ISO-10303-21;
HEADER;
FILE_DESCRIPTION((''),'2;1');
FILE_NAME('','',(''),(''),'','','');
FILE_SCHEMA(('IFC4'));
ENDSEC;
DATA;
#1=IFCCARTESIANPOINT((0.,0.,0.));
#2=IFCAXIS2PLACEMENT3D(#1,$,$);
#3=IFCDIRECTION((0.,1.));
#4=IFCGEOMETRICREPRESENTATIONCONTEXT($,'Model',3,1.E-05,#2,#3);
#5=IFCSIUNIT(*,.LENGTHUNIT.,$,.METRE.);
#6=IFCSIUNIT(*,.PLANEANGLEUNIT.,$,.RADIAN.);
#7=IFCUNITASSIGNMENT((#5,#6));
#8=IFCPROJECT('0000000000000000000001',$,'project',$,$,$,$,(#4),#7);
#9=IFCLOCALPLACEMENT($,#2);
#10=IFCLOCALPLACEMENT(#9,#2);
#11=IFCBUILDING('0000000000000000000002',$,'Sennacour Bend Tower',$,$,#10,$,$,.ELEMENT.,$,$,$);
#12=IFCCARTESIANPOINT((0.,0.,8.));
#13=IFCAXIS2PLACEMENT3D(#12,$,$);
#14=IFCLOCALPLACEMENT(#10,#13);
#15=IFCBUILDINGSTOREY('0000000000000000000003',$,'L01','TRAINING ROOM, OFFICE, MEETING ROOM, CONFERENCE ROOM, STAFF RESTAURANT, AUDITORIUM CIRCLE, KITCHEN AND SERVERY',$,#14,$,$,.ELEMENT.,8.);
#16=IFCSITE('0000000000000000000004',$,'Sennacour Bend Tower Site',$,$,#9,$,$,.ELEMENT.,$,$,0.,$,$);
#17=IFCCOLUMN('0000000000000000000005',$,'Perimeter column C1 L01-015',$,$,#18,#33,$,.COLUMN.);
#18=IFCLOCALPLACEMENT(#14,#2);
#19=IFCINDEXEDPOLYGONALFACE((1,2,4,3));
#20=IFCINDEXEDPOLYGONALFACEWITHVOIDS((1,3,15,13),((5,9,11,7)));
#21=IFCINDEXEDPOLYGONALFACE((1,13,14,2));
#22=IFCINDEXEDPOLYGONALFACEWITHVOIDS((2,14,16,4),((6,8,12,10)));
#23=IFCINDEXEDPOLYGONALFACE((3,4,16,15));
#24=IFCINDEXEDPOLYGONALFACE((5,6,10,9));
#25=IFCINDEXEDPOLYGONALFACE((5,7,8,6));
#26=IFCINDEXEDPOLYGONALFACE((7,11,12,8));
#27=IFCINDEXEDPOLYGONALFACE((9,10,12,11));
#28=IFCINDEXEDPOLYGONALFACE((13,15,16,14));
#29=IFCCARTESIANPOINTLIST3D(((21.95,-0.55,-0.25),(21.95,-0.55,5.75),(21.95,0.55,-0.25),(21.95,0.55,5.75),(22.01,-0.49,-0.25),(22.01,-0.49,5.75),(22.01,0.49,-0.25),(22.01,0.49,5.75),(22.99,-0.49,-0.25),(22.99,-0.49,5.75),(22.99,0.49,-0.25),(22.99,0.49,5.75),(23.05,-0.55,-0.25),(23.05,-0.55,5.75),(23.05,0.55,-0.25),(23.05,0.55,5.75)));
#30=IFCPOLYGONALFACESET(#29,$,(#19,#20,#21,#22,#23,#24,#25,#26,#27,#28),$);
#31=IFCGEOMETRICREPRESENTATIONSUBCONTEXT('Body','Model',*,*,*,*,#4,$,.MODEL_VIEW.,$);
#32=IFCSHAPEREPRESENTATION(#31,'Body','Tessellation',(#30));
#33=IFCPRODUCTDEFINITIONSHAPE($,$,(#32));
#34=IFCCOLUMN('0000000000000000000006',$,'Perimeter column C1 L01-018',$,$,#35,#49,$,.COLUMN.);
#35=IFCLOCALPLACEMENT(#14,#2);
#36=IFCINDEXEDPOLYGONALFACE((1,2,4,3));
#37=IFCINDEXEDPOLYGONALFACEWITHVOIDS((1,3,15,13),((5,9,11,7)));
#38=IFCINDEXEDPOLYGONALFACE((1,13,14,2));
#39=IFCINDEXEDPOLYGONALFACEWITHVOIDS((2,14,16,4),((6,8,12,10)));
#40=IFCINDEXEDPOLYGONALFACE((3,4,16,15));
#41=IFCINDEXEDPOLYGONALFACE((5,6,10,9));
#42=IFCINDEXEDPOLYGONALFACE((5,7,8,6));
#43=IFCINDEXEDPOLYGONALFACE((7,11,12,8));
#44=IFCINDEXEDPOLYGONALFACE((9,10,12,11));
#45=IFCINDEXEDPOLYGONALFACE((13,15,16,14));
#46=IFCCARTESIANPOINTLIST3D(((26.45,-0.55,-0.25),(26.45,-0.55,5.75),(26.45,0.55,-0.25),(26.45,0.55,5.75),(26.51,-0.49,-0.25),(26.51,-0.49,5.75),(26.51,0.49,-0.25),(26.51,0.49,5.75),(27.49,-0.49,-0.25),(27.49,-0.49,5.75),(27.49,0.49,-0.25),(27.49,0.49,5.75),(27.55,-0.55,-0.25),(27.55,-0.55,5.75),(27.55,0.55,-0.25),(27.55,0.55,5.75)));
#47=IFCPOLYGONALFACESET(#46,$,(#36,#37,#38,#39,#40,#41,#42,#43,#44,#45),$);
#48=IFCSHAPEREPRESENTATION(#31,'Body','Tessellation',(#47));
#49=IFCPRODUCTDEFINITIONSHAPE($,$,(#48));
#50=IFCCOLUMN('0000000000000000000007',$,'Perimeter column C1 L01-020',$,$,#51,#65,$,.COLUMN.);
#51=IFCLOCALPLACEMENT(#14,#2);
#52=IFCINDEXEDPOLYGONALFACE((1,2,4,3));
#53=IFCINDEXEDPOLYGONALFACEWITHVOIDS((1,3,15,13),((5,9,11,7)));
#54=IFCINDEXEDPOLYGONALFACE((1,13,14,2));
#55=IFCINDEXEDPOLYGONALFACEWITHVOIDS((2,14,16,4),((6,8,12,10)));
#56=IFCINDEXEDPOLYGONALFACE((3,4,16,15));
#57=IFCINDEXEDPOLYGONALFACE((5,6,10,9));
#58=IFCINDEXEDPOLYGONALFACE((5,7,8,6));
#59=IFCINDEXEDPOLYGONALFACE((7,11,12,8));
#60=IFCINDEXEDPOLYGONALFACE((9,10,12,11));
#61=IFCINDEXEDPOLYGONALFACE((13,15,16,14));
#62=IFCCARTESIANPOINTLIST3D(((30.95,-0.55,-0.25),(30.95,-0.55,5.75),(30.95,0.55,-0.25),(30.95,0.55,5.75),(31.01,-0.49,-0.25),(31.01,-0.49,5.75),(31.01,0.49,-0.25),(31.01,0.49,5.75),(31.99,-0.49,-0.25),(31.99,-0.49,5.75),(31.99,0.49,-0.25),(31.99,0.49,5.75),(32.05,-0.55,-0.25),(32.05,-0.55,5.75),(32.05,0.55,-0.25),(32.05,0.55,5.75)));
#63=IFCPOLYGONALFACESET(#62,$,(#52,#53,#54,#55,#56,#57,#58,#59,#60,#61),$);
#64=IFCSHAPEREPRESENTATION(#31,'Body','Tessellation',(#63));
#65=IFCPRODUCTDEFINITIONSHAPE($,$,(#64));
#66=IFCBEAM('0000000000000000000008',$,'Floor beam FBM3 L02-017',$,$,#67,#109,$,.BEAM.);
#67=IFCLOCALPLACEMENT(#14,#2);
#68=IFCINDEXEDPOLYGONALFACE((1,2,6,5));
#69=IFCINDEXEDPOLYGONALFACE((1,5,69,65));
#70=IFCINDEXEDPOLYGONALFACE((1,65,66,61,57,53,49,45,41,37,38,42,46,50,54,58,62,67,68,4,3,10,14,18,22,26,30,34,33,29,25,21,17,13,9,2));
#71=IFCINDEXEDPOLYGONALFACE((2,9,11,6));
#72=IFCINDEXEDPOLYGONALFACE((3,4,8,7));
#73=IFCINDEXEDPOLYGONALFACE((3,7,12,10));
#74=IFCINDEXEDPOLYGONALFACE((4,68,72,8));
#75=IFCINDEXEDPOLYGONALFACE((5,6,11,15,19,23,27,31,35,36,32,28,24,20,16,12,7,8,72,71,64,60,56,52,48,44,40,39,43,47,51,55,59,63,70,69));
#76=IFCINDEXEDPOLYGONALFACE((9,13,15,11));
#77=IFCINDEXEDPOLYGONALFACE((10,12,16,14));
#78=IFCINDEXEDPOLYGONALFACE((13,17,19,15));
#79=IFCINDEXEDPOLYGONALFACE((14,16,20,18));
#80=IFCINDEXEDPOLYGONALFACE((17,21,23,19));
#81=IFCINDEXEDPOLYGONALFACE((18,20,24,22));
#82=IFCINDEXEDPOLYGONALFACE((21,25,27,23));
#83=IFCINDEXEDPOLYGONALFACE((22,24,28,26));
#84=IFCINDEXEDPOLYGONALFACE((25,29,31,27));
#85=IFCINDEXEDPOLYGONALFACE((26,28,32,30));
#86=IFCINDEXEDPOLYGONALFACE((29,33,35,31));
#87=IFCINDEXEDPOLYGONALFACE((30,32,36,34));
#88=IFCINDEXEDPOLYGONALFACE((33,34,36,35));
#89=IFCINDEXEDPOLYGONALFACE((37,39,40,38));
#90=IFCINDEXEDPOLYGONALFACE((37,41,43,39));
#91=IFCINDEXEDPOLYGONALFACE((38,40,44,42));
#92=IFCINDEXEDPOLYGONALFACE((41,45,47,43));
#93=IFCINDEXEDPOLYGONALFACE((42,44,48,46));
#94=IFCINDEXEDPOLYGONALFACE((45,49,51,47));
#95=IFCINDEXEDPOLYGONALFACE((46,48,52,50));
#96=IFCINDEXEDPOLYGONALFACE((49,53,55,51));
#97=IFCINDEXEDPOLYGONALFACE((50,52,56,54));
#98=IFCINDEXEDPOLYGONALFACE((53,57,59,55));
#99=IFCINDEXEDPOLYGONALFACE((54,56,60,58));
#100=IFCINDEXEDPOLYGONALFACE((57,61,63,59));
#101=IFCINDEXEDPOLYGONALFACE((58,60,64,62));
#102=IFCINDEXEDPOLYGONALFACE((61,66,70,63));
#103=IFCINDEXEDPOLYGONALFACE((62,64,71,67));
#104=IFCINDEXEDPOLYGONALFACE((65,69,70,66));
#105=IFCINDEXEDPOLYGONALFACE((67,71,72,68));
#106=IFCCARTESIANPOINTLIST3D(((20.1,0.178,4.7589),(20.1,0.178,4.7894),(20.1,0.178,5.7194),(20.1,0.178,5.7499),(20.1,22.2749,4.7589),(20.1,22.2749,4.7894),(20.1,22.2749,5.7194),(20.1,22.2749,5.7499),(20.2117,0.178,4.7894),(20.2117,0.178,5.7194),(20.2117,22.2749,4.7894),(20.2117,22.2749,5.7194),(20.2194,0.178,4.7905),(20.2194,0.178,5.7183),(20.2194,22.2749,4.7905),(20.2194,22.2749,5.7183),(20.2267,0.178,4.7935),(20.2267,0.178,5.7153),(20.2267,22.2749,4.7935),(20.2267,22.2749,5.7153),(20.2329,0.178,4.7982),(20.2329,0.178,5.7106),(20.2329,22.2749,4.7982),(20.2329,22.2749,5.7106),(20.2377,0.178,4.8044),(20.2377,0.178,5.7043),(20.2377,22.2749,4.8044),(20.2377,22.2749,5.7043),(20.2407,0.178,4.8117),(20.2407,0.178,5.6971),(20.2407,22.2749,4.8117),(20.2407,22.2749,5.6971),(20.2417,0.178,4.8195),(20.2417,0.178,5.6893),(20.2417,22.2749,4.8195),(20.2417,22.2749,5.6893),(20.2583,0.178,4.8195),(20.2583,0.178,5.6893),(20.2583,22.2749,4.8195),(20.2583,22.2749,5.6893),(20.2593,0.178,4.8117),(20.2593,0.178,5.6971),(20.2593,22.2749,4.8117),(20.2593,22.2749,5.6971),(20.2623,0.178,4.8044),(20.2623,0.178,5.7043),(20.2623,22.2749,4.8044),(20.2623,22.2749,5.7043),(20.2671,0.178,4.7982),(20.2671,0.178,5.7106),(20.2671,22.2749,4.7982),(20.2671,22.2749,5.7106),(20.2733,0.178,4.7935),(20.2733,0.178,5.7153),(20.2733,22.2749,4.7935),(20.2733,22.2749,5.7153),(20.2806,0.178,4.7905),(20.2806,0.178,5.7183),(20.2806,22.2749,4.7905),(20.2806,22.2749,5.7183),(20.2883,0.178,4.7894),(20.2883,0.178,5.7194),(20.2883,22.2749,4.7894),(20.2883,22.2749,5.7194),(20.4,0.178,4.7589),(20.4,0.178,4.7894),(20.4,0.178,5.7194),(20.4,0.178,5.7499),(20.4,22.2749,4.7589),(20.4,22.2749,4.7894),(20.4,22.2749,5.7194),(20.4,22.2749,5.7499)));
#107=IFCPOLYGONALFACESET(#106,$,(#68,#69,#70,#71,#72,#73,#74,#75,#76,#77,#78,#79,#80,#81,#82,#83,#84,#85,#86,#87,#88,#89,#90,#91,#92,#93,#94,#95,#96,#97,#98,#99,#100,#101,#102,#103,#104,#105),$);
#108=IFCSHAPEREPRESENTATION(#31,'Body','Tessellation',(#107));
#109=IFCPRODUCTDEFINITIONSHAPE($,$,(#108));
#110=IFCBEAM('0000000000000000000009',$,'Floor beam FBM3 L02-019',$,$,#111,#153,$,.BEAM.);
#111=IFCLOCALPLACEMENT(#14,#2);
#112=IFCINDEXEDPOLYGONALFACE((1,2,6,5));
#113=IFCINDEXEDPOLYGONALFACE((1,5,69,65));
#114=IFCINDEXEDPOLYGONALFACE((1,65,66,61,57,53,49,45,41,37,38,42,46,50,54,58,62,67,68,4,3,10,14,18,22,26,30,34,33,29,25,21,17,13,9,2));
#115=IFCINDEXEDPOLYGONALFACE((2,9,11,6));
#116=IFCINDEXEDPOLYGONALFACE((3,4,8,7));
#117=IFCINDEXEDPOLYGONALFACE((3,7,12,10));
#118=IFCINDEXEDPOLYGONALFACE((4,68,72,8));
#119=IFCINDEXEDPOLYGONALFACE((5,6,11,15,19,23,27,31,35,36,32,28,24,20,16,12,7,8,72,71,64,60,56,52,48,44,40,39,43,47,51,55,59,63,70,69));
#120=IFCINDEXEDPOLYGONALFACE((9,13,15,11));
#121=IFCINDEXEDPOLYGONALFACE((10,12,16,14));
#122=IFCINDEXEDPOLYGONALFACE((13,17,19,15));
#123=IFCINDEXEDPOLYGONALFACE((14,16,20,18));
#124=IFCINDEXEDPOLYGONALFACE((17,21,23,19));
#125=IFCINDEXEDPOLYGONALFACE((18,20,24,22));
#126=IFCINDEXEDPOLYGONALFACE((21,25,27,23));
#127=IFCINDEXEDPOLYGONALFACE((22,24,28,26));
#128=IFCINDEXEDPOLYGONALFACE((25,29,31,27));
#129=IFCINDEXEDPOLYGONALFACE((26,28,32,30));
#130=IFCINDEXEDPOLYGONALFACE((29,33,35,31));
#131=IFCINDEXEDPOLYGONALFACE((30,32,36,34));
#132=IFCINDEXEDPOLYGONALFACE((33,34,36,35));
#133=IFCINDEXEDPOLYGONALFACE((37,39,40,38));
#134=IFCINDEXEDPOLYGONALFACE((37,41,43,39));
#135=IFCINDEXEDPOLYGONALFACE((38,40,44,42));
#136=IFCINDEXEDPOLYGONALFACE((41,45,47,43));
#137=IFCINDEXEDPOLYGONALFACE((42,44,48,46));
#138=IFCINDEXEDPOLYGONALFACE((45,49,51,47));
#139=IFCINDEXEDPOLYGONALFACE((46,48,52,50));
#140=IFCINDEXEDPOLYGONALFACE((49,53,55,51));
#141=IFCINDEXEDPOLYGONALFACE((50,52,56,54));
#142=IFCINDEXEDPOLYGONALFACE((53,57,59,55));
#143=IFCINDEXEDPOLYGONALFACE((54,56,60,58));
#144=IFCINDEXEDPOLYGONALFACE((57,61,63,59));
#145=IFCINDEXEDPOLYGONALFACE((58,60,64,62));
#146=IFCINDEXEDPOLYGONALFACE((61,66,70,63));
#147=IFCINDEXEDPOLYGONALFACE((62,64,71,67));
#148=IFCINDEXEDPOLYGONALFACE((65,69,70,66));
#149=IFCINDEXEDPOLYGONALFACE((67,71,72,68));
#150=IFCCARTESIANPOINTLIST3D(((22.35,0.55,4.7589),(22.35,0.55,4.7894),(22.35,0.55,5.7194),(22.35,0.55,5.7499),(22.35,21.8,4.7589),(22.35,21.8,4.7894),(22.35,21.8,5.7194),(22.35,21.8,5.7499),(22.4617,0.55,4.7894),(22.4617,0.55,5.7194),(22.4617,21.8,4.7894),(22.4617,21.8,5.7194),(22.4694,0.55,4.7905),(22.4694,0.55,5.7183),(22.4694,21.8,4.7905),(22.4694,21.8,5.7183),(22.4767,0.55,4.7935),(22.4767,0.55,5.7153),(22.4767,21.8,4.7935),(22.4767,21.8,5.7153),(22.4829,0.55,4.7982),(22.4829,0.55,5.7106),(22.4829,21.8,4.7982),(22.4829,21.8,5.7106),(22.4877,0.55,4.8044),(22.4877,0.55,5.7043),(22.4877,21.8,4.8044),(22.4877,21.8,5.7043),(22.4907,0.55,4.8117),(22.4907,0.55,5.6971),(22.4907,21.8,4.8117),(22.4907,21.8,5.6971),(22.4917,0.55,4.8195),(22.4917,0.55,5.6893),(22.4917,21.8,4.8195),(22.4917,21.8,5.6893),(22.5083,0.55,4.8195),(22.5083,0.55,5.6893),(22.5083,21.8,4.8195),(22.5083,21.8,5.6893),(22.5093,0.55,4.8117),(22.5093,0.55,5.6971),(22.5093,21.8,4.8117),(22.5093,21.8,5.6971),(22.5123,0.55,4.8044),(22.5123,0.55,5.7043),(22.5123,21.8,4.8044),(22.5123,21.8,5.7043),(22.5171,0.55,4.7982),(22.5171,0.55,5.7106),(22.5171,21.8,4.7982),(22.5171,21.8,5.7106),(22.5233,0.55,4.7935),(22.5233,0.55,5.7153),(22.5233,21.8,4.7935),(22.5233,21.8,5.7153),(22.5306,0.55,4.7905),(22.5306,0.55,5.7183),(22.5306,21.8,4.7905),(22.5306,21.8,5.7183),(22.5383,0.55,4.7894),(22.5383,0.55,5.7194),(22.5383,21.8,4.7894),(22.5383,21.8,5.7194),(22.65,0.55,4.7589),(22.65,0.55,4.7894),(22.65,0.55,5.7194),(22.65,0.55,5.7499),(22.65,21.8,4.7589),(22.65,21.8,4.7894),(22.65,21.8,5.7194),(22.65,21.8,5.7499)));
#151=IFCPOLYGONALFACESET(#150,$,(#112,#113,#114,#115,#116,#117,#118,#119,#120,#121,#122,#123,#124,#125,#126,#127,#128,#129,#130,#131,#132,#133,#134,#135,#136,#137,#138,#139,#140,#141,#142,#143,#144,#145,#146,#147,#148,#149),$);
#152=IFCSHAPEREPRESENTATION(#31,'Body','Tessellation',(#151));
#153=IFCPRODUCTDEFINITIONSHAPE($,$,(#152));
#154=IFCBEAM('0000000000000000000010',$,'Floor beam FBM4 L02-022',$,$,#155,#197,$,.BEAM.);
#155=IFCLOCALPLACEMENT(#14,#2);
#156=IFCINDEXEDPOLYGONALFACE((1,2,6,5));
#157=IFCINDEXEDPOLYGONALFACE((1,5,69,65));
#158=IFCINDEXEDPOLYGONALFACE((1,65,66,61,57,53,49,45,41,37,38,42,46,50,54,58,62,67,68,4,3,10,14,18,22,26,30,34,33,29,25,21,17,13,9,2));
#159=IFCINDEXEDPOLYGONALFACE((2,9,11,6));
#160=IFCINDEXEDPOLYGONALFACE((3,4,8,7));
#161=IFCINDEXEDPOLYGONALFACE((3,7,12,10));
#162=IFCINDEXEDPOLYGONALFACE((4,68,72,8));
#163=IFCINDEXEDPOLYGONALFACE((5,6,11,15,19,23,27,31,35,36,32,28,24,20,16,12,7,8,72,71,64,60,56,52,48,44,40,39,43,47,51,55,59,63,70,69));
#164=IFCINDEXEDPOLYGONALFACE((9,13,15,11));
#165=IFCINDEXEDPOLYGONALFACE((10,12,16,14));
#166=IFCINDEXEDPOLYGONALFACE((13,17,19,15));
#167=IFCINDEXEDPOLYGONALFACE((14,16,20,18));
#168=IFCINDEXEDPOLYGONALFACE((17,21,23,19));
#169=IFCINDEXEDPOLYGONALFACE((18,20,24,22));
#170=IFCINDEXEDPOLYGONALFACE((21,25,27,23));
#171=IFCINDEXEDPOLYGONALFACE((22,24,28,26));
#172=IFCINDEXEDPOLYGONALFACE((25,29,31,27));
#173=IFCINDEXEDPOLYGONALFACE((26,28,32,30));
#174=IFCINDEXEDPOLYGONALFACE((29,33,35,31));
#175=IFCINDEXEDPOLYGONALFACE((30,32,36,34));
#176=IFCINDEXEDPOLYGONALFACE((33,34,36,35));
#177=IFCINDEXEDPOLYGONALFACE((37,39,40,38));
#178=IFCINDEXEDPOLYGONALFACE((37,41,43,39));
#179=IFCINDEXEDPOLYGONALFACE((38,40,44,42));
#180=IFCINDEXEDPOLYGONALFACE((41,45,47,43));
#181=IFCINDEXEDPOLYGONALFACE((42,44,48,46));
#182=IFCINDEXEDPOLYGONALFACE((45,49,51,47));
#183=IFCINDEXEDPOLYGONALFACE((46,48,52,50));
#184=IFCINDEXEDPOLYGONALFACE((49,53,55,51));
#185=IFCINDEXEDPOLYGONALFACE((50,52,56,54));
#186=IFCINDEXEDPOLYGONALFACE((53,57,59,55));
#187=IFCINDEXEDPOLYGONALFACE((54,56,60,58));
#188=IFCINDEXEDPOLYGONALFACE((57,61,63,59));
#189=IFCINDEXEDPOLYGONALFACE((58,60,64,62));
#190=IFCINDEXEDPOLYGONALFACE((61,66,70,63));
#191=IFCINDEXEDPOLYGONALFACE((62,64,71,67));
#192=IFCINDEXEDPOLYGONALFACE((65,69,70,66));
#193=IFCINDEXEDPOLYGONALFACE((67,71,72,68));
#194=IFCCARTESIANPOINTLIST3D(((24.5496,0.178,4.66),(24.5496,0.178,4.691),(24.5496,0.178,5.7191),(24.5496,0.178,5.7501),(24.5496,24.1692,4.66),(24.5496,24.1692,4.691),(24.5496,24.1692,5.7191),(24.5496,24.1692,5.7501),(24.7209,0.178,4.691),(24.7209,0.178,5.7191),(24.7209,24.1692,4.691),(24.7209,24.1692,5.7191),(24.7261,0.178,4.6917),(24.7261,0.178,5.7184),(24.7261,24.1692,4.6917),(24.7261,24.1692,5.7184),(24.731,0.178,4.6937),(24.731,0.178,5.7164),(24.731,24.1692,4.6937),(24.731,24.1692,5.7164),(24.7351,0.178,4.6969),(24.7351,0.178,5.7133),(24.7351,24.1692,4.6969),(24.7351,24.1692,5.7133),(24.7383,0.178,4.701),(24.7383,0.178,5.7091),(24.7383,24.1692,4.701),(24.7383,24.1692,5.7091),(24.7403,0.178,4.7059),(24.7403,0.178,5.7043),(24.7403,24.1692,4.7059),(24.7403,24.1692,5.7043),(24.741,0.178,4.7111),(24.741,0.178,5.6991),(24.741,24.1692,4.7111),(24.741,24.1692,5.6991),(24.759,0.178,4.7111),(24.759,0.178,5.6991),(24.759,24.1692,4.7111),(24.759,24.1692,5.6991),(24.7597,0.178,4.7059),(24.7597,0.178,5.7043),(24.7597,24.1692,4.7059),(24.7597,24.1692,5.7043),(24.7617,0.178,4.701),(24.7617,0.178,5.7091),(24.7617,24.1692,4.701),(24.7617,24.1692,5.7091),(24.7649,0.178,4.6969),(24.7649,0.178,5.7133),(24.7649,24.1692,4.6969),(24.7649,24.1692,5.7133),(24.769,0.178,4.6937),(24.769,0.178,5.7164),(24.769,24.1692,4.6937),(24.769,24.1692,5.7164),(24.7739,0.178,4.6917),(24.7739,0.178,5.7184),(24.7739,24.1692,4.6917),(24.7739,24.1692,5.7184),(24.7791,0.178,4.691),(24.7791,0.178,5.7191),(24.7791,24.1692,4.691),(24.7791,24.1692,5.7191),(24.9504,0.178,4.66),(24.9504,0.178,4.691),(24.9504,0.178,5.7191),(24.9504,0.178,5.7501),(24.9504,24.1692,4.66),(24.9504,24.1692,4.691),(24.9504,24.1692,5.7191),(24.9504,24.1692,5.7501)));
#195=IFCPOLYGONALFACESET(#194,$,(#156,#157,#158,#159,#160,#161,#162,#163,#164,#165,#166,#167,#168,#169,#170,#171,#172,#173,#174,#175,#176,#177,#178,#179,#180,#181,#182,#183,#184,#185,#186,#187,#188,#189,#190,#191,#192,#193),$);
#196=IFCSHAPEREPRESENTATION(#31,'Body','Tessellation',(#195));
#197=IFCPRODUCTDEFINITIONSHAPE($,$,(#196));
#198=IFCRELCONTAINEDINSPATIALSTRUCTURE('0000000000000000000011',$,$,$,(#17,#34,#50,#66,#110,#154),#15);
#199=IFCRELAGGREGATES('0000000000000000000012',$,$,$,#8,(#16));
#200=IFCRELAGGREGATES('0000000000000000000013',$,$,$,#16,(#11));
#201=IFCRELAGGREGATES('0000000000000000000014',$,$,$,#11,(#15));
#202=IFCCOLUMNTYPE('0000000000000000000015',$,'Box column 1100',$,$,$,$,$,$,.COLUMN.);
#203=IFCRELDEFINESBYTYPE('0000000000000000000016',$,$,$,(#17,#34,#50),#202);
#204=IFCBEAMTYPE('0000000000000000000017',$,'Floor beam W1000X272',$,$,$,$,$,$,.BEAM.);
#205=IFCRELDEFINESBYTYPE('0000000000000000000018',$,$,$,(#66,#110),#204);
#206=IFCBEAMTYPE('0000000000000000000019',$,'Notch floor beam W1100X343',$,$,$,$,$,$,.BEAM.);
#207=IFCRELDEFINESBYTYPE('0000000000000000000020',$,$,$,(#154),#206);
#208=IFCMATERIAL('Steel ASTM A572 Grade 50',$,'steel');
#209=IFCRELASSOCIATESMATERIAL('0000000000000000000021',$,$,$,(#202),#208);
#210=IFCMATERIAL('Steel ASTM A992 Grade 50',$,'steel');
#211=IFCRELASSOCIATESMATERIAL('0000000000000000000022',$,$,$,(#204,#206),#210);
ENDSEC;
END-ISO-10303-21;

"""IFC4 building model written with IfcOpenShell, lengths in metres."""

from ifc_helpers import new_model, si_unit, direction, frame, origin, origin_2d, place, context, subcontext, project, spatial, hollow_rectangle, i_section, extrude, material, material_profile, profile_set, type_object, element, save


model = new_model("IFC4")

# Units and contexts
model_context = context("Model", 3, precision=1e-05, world=origin(), true_north=direction((0.0, 1.0)))
body_context = subcontext(model_context, "Body", "Model", "MODEL_VIEW")
ifc_project = project(units=[si_unit("LENGTHUNIT", "METRE"), si_unit("PLANEANGLEUNIT", "RADIAN")], contexts=[model_context])

# Site, building, storey
site_placement = place(None, origin())
site = spatial("IfcSite", under=ifc_project, at=site_placement, Name="Sennacour Bend Tower Site", CompositionType="ELEMENT", RefElevation=0.0)
building_placement = place(site_placement, origin())
building = spatial("IfcBuilding", under=site, at=building_placement, Name="Sennacour Bend Tower", CompositionType="ELEMENT")
storey_placement = place(building_placement, frame((0.0, 0.0, 8.0)))
storey = spatial("IfcBuildingStorey", under=building, at=storey_placement, Name="L01", Description="TRAINING ROOM, OFFICE, MEETING ROOM, CONFERENCE ROOM, STAFF RESTAURANT, AUDITORIUM CIRCLE, KITCHEN AND SERVERY", CompositionType="ELEMENT", Elevation=8.0)

# Columns
ifc_material_1 = material(Name="Steel ASTM A572 Grade 50", Category="steel")
ifc_material_profile_1 = material_profile(ifc_material_1, hollow_rectangle(XDim=1.1001, YDim=1.1001, WallThickness=0.0601, at=origin_2d()), Name="Steel ASTM A572 Grade 50", Category="steel")
ifc_profile_set_1 = profile_set([ifc_material_profile_1], Name="Steel ASTM A572 Grade 50")
column_type = type_object("IfcColumnType", Name="Box column 1100", PredefinedType="COLUMN", material=ifc_profile_set_1)
for number, where, z_axis, x_axis, name in (
    (1, (22.5, 0.0, -0.25), (0.0, 0.0, 1.0), (1.0, 0.0, 0.0), "Perimeter column C1 L01-015"),
    (2, (27.0, 0.0, -0.25), (0.0, 0.0, 1.0), (1.0, 0.0, 0.0), "Perimeter column C1 L01-018"),
    (3, (31.5, 0.0, -0.25), (0.0, 0.0, 1.0), (1.0, 0.0, 0.0), "Perimeter column C1 L01-020"),
):
    element("IfcColumn", number, at=place(storey_placement, frame(where, z_axis=z_axis, x_axis=x_axis)), inside=storey, type_object=column_type, Name=name, PredefinedType="COLUMN", context=body_context, shape_type="SweptSolid", body=[
        extrude(hollow_rectangle(XDim=1.1001, YDim=1.1001, WallThickness=0.0601, at=origin_2d()), origin(), (0.0, 0.0, 1.0), 6.0),
    ])

# Beams
ifc_material_2 = material(Name="Steel ASTM A992 Grade 50", Category="steel")
ifc_material_profile_2 = material_profile(ifc_material_2, i_section(OverallWidth=0.3, OverallDepth=0.991, WebThickness=0.0166, FlangeThickness=0.0305, FilletRadius=0.03, at=origin_2d()), Name="Steel ASTM A992 Grade 50", Category="steel")
ifc_profile_set_2 = profile_set([ifc_material_profile_2], Name="Steel ASTM A992 Grade 50")
beam_type_1 = type_object("IfcBeamType", Name="Floor beam W1000X272", PredefinedType="BEAM", material=ifc_profile_set_2)
beam_1_placement = place(storey_placement, frame((20.25, 0.178, 5.2544), z_axis=(0.0, 1.0, 0.0), x_axis=(-1.0, 0.0, 0.0)))
element("IfcBeam", 4, at=beam_1_placement, inside=storey, type_object=beam_type_1, Name="Floor beam FBM3 L02-017", PredefinedType="BEAM", context=body_context, shape_type="SweptSolid", body=[
    extrude(i_section(OverallWidth=0.3, OverallDepth=0.991, WebThickness=0.0166, FlangeThickness=0.0305, FilletRadius=0.03, at=origin_2d()), origin(), (0.0, 0.0, 1.0), 22.0969),
])
beam_2_placement = place(storey_placement, frame((22.5, 0.55, 5.2544), z_axis=(0.0, 1.0, 0.0), x_axis=(-1.0, 0.0, 0.0)))
element("IfcBeam", 5, at=beam_2_placement, inside=storey, type_object=beam_type_1, Name="Floor beam FBM3 L02-019", PredefinedType="BEAM", context=body_context, shape_type="SweptSolid", body=[
    extrude(i_section(OverallWidth=0.3, OverallDepth=0.991, WebThickness=0.0166, FlangeThickness=0.0305, FilletRadius=0.03, at=origin_2d()), origin(), (0.0, 0.0, 1.0), 21.25),
])
ifc_material_profile_3 = material_profile(ifc_material_2, i_section(OverallWidth=0.4009, OverallDepth=1.0901, WebThickness=0.0181, FlangeThickness=0.031, FilletRadius=0.02, at=origin_2d()), Name="Steel ASTM A992 Grade 50", Category="steel")
ifc_profile_set_3 = profile_set([ifc_material_profile_3], Name="Steel ASTM A992 Grade 50")
beam_type_2 = type_object("IfcBeamType", Name="Notch floor beam W1100X343", PredefinedType="BEAM", material=ifc_profile_set_3)
beam_3_placement = place(storey_placement, frame((24.75, 0.178, 5.2051), z_axis=(0.0, 1.0, 0.0), x_axis=(-1.0, 0.0, 0.0)))
element("IfcBeam", 6, at=beam_3_placement, inside=storey, type_object=beam_type_2, Name="Floor beam FBM4 L02-022", PredefinedType="BEAM", context=body_context, shape_type="SweptSolid", body=[
    extrude(i_section(OverallWidth=0.4009, OverallDepth=1.0901, WebThickness=0.0181, FlangeThickness=0.031, FilletRadius=0.02, at=origin_2d()), origin(), (0.0, 0.0, 1.0), 23.9912),
])

save(model, "model.ifc")
